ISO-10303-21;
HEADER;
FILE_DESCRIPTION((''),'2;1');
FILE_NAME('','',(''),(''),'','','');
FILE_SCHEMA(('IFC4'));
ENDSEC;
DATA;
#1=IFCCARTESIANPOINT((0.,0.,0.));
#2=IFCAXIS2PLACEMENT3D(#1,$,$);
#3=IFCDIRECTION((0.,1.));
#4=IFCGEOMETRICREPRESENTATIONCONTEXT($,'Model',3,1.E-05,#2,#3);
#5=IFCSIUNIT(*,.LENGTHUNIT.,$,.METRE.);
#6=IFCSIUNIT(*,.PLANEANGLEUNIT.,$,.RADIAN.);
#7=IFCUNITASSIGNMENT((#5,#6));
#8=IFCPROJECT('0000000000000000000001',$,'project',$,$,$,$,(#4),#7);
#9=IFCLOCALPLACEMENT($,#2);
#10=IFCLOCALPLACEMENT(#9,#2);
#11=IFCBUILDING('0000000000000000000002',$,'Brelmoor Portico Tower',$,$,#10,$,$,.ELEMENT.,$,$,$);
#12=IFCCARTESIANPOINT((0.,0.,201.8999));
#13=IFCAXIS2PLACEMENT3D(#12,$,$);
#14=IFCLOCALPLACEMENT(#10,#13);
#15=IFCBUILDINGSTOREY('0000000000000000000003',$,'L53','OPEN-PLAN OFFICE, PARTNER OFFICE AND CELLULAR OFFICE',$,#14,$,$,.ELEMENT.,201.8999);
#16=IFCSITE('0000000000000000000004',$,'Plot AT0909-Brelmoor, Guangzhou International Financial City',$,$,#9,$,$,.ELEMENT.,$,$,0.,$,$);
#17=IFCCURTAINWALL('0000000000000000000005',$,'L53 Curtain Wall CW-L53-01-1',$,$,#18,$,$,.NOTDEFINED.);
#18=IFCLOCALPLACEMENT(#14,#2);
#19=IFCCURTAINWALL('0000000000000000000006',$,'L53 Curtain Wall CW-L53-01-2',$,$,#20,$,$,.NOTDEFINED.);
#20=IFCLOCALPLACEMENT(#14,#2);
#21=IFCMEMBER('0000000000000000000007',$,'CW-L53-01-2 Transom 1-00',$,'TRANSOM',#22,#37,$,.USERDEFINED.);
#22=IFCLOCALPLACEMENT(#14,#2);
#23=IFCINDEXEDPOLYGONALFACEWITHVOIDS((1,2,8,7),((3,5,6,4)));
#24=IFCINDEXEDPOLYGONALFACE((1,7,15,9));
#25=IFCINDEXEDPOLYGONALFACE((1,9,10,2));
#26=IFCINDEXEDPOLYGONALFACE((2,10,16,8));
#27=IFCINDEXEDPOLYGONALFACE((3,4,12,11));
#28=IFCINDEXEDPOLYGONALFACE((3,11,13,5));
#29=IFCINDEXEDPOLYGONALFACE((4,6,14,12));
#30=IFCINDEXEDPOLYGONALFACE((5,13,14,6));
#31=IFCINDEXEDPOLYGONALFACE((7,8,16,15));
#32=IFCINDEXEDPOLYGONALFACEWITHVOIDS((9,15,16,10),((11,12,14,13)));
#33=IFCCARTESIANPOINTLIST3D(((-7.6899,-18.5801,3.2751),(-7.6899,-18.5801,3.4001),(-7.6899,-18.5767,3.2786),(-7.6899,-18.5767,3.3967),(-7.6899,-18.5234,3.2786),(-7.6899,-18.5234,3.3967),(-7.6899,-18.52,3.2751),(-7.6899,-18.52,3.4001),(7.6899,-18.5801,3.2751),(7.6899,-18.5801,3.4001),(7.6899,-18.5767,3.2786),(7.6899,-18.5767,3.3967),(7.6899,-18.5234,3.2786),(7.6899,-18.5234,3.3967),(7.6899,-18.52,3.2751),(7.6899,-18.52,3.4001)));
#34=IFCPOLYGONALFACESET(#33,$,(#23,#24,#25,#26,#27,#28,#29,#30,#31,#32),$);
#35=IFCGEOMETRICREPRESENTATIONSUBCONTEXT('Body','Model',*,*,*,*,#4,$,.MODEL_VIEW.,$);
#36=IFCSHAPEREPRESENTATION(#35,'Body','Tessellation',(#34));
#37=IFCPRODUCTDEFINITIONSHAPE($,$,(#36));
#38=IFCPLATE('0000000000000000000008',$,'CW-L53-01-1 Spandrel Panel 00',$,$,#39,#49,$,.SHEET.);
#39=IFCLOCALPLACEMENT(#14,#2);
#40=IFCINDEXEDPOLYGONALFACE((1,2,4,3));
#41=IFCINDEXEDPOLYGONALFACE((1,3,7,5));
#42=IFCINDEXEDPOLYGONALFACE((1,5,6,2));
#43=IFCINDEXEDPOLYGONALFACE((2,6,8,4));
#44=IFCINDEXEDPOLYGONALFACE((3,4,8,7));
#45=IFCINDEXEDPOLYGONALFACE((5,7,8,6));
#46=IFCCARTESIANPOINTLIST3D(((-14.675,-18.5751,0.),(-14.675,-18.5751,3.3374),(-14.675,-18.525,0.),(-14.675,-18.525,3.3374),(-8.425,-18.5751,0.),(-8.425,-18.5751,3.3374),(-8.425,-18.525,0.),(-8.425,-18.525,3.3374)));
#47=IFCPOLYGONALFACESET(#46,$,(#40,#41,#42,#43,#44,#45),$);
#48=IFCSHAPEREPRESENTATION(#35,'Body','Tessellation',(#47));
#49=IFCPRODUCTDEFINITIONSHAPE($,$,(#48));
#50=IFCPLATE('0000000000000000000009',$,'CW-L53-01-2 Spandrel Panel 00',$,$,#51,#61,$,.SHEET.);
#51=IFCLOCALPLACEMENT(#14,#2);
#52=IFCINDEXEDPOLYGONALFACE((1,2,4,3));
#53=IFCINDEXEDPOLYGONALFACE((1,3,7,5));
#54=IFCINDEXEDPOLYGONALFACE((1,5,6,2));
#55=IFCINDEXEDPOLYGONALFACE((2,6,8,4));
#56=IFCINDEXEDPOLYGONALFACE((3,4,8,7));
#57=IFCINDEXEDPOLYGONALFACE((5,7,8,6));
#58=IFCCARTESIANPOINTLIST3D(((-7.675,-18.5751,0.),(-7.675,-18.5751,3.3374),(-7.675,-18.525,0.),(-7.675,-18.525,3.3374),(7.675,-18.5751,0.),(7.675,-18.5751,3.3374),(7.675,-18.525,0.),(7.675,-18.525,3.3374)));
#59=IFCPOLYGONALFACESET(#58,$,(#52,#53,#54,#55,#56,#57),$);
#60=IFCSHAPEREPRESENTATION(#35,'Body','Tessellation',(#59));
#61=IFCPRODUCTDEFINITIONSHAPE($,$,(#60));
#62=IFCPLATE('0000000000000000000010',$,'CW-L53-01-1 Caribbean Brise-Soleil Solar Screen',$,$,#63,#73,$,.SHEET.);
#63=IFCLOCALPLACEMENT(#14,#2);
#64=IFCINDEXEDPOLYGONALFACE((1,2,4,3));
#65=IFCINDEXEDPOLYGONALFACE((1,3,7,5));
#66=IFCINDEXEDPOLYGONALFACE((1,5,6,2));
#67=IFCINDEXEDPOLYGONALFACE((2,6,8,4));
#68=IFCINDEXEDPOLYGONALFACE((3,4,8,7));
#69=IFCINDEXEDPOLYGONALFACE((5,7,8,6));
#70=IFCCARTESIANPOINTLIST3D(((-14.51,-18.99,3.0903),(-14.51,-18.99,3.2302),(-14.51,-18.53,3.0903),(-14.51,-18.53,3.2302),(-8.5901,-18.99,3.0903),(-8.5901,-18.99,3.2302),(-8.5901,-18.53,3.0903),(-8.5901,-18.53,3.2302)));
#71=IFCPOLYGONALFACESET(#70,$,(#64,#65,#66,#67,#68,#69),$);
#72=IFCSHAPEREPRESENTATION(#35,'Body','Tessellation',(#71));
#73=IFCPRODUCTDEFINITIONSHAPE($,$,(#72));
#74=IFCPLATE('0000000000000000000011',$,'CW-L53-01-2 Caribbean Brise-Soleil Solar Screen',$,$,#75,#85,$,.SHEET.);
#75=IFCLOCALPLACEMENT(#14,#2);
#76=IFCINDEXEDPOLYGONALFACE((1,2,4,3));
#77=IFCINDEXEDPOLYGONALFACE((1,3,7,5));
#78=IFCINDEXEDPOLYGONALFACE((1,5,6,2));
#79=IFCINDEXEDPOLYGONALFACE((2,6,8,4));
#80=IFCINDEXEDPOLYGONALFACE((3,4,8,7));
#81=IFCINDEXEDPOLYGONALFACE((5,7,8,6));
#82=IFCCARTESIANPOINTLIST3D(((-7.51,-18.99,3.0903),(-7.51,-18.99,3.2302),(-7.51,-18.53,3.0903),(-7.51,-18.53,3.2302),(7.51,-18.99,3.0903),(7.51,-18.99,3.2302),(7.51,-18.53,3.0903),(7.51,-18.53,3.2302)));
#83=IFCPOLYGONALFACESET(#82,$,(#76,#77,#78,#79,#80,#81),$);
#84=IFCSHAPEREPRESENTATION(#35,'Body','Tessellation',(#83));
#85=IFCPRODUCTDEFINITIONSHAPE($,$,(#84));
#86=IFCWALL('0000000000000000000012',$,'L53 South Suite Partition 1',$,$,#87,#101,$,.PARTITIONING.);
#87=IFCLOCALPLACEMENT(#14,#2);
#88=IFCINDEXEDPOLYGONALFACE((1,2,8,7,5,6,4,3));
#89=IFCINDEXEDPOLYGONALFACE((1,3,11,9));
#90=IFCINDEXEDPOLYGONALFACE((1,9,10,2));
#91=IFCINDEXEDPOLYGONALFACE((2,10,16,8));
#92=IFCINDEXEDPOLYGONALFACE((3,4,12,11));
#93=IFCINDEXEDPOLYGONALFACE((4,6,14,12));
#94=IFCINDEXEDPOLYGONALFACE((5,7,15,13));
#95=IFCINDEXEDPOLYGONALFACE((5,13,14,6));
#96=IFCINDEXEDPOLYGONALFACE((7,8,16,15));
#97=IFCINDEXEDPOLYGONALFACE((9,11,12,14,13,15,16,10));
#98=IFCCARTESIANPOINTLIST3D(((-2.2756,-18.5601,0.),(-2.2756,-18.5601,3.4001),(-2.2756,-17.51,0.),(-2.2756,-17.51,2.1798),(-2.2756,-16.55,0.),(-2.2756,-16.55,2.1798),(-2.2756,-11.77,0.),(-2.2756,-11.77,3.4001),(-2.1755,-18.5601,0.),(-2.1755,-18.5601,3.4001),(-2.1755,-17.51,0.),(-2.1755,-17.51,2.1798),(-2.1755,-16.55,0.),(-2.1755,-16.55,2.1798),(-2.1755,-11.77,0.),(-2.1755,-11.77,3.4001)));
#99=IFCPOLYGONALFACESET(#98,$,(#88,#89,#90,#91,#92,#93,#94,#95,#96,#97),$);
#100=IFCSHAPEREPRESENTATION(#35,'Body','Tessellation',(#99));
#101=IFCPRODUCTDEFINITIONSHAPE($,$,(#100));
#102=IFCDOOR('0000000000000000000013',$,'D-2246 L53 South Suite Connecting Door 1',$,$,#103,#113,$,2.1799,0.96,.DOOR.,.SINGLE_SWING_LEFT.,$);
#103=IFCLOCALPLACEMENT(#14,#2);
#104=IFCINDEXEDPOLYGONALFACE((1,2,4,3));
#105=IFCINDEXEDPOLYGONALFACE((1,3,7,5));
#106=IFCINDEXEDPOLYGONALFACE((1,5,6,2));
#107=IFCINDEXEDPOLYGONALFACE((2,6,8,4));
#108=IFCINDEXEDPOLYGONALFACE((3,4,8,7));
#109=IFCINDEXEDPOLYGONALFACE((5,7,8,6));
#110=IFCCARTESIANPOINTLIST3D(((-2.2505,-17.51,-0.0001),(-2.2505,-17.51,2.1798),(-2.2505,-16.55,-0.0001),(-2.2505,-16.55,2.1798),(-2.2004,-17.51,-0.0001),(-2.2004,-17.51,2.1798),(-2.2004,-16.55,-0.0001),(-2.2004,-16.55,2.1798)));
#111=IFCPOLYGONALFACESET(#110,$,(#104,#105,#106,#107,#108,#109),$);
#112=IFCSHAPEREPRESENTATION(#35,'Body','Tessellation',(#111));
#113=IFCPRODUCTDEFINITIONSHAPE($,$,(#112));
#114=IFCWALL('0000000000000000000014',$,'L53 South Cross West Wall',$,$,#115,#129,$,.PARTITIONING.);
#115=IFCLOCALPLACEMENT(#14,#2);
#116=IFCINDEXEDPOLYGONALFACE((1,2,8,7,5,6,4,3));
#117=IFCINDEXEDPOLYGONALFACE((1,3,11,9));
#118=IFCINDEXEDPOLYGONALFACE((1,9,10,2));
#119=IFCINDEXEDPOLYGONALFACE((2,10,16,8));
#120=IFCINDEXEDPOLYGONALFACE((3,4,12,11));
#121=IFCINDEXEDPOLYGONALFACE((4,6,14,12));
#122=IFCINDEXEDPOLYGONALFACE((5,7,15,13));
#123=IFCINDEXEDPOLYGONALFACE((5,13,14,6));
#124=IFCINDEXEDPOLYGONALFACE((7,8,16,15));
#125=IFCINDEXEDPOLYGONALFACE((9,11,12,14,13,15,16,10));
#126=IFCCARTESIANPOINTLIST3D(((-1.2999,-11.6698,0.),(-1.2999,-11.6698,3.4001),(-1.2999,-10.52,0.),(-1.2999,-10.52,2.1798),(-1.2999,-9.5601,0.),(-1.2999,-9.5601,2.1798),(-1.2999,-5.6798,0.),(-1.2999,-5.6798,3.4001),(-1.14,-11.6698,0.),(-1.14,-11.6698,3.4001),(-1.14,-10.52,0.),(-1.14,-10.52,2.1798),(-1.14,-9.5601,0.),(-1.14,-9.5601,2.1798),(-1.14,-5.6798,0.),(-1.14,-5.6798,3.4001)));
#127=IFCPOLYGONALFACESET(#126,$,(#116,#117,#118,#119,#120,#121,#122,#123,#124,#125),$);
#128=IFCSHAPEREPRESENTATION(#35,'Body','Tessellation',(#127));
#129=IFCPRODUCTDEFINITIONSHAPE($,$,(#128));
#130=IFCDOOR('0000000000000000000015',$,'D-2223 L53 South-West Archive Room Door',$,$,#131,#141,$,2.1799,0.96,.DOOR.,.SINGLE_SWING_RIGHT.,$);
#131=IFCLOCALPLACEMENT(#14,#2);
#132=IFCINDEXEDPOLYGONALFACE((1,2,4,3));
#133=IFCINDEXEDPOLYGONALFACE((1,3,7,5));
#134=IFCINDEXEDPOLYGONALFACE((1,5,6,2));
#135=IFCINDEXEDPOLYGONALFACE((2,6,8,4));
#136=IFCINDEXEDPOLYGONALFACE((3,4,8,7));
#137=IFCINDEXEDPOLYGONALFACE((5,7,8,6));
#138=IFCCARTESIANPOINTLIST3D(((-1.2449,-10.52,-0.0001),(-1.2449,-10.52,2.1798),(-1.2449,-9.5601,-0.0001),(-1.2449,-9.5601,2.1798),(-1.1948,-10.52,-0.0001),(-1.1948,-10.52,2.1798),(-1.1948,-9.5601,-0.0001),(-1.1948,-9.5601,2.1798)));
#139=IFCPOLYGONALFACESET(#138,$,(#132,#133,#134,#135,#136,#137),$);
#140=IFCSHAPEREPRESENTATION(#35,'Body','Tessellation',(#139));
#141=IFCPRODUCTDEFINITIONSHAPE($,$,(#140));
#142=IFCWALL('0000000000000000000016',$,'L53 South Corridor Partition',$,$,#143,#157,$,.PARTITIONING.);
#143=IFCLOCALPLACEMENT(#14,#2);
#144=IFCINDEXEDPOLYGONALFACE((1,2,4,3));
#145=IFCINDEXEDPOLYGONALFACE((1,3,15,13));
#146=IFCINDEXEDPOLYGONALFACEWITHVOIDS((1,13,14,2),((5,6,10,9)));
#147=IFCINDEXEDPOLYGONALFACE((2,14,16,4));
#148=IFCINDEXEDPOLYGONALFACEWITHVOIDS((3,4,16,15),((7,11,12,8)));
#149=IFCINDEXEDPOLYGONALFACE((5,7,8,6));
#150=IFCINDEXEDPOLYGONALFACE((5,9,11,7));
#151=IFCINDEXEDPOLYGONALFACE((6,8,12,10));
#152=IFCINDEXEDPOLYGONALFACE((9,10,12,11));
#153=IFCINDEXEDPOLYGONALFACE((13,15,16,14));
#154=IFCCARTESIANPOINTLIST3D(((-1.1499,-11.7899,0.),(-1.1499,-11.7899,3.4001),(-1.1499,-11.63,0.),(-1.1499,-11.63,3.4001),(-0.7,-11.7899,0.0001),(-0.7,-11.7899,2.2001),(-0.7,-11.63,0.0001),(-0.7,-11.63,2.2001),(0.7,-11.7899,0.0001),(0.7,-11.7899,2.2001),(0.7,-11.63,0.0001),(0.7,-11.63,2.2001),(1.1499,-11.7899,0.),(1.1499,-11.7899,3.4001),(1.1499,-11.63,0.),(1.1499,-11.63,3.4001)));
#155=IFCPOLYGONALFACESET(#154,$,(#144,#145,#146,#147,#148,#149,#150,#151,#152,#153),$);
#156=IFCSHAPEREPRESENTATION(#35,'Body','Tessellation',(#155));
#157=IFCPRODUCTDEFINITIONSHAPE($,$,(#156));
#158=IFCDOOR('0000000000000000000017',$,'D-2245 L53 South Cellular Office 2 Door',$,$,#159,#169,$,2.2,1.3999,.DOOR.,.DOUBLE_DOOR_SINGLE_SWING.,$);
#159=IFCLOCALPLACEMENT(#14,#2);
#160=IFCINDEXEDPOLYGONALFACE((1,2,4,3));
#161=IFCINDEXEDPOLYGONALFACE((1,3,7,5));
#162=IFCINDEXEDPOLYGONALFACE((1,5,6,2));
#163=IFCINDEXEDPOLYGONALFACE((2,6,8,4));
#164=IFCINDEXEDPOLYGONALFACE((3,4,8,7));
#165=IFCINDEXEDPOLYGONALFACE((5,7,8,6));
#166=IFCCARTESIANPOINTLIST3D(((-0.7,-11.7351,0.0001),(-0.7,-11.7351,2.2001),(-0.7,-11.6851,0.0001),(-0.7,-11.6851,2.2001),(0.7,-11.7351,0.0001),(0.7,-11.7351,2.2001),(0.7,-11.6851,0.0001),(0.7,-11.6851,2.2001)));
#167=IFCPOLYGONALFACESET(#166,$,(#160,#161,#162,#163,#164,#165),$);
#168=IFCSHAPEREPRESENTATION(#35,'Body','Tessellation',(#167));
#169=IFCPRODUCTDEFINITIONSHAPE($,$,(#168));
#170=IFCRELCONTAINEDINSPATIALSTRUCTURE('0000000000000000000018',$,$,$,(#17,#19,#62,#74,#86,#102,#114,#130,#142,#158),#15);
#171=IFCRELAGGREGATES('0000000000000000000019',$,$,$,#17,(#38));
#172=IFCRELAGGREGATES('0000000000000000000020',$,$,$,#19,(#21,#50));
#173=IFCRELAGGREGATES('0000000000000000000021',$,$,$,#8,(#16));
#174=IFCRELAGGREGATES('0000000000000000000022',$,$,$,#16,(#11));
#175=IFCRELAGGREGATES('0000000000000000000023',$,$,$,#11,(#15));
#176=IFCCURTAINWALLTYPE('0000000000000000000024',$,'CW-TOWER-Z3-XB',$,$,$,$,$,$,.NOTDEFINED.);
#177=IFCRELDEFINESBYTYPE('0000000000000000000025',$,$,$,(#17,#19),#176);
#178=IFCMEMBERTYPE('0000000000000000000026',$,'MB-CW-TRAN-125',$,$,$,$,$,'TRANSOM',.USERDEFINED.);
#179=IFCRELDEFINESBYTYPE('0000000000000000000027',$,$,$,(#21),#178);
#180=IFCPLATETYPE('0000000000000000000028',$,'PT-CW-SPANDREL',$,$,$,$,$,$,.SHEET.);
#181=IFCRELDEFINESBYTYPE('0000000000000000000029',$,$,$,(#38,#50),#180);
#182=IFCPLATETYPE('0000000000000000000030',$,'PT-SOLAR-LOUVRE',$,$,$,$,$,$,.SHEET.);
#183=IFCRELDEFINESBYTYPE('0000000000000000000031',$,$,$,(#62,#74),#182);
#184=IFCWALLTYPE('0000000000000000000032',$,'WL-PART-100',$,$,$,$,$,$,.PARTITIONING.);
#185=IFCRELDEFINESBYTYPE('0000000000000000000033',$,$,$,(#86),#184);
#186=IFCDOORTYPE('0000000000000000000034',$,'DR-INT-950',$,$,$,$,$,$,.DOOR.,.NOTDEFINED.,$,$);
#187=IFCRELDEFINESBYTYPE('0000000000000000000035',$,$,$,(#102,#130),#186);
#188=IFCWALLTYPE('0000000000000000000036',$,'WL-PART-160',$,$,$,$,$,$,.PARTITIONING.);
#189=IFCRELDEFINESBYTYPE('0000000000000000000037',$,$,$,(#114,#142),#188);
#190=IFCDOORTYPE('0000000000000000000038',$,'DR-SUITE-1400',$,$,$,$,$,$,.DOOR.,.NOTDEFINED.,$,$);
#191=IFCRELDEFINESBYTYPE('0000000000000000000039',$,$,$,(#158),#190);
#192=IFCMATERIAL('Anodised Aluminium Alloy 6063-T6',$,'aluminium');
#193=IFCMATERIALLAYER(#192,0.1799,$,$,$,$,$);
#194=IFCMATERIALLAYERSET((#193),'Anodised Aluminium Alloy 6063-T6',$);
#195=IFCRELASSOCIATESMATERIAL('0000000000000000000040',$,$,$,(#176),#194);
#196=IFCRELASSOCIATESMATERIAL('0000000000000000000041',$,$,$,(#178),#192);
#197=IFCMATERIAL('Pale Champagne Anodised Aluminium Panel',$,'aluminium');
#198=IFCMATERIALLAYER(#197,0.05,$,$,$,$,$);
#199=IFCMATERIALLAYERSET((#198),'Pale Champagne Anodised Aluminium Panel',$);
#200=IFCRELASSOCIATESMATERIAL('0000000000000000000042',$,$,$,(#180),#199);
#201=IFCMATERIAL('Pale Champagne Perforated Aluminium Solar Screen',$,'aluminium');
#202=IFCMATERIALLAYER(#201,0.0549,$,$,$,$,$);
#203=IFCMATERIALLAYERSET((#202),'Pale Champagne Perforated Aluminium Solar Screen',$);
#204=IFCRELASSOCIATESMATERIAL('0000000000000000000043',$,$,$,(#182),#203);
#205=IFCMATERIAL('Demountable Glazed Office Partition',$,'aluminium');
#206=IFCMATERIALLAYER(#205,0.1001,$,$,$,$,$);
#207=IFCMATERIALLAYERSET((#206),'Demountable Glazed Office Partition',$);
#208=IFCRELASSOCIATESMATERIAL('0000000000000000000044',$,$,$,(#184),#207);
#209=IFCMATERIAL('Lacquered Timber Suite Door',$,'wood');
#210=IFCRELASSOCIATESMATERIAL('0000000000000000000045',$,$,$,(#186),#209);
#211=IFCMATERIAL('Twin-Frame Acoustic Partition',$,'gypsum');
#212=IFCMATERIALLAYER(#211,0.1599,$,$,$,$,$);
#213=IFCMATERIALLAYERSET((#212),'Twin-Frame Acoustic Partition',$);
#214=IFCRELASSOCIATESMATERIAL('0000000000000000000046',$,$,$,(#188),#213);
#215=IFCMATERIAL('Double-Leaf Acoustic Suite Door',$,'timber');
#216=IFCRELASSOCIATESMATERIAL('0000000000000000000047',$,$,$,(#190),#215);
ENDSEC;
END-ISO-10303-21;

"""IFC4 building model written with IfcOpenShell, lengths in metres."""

from ifc_helpers import new_model, si_unit, direction, frame, frame_2d, origin, origin_2d, place, context, subcontext, project, spatial, rectangle, hollow_rectangle, extrude, material, layer, layer_set, material_profile, profile_set, type_object, element, fill, aggregate, save


model = new_model("IFC4")

# Units and contexts
model_context = context("Model", 3, precision=1e-05, world=origin(), true_north=direction((0.0, 1.0)))
body_context = subcontext(model_context, "Body", "Model", "MODEL_VIEW")
ifc_project = project(units=[si_unit("LENGTHUNIT", "METRE"), si_unit("PLANEANGLEUNIT", "RADIAN")], contexts=[model_context])

# Site, building, storey
site_placement = place(None, origin())
site = spatial("IfcSite", under=ifc_project, at=site_placement, Name="Plot AT0909-Brelmoor, Guangzhou International Financial City", CompositionType="ELEMENT", RefElevation=0.0)
building_placement = place(site_placement, origin())
building = spatial("IfcBuilding", under=site, at=building_placement, Name="Brelmoor Portico Tower", CompositionType="ELEMENT")
storey_placement = place(building_placement, frame((0.0, 0.0, 201.8999)))
storey = spatial("IfcBuildingStorey", under=building, at=storey_placement, Name="L53", Description="OPEN-PLAN OFFICE, PARTNER OFFICE AND CELLULAR OFFICE", CompositionType="ELEMENT", Elevation=201.8999)

# Curtain wall
ifc_material_1 = material(Name="Anodised Aluminium Alloy 6063-T6", Category="aluminium")
ifc_layer_1 = layer(ifc_material_1, 0.1799)
ifc_layer_set_1 = layer_set([ifc_layer_1], Name="Anodised Aluminium Alloy 6063-T6")
curtain_wall_type = type_object("IfcCurtainWallType", Name="CW-TOWER-Z3-XB", PredefinedType="NOTDEFINED", material=ifc_layer_set_1)
curtain_wall_1_placement = place(storey_placement, origin())
curtain_wall_1 = element("IfcCurtainWall", 1, at=curtain_wall_1_placement, inside=storey, type_object=curtain_wall_type, Name="L53 Curtain Wall CW-L53-01-1", PredefinedType="NOTDEFINED")

# Curtain wall, member
curtain_wall_2_placement = place(storey_placement, origin())
curtain_wall_2 = element("IfcCurtainWall", 2, at=curtain_wall_2_placement, inside=storey, type_object=curtain_wall_type, Name="L53 Curtain Wall CW-L53-01-2", PredefinedType="NOTDEFINED")
ifc_material_profile_1 = material_profile(ifc_material_1, hollow_rectangle(XDim=0.0601, YDim=0.125, WallThickness=0.0034, at=origin_2d()), Name="ALU TRANSOM 60x125")
ifc_profile_set_1 = profile_set([ifc_material_profile_1], Name="Anodised Aluminium Alloy 6063-T6")
member_type_1 = type_object("IfcMemberType", Name="MB-CW-TRAN-125", ElementType="TRANSOM", PredefinedType="USERDEFINED", material=ifc_profile_set_1)
member_1_placement = place(storey_placement, frame((-7.6899, -18.55, 3.3376), z_axis=(1.0, 0.0, 0.0), x_axis=(0.0, 1.0, 0.0)))
member_1 = element("IfcMember", 3, at=member_1_placement, type_object=member_type_1, Name="CW-L53-01-2 Transom 1-00", ObjectType="TRANSOM", PredefinedType="USERDEFINED", context=body_context, shape_type="SweptSolid", body=[
    extrude(hollow_rectangle(XDim=0.0601, YDim=0.125, WallThickness=0.0034, at=origin_2d()), origin(), (0.0, 0.0, 1.0), 15.3799),
])

# Plates
ifc_material_2 = material(Name="Pale Champagne Anodised Aluminium Panel", Category="aluminium")
ifc_layer_2 = layer(ifc_material_2, 0.05)
ifc_layer_set_2 = layer_set([ifc_layer_2], Name="Pale Champagne Anodised Aluminium Panel")
plate_type_1 = type_object("IfcPlateType", Name="PT-CW-SPANDREL", PredefinedType="SHEET", material=ifc_layer_set_2)
plate_1_placement = place(storey_placement, frame((-11.55, -18.55, 0.0), z_axis=(0.0, 0.0, 1.0), x_axis=(1.0, 0.0, 0.0)))
plate_1 = element("IfcPlate", 4, at=plate_1_placement, type_object=plate_type_1, Name="CW-L53-01-1 Spandrel Panel 00", PredefinedType="SHEET", context=body_context, shape_type="SweptSolid", body=[
    extrude(rectangle(XDim=6.25, YDim=0.05, at=origin_2d()), origin(), (0.0, 0.0, 1.0), 3.3374),
])
aggregate(curtain_wall_1, [plate_1])
plate_2_placement = place(storey_placement, frame((0.0, -18.55, 0.0), z_axis=(0.0, 0.0, 1.0), x_axis=(1.0, 0.0, 0.0)))
plate_2 = element("IfcPlate", 5, at=plate_2_placement, type_object=plate_type_1, Name="CW-L53-01-2 Spandrel Panel 00", PredefinedType="SHEET", context=body_context, shape_type="SweptSolid", body=[
    extrude(rectangle(XDim=15.3501, YDim=0.05, at=origin_2d()), origin(), (0.0, 0.0, 1.0), 3.3374),
])
aggregate(curtain_wall_2, [member_1, plate_2])

# Plates
ifc_material_3 = material(Name="Pale Champagne Perforated Aluminium Solar Screen", Category="aluminium")
ifc_layer_3 = layer(ifc_material_3, 0.0549)
ifc_layer_set_3 = layer_set([ifc_layer_3], Name="Pale Champagne Perforated Aluminium Solar Screen")
plate_type_2 = type_object("IfcPlateType", Name="PT-SOLAR-LOUVRE", PredefinedType="SHEET", material=ifc_layer_set_3)
plate_3_placement = place(storey_placement, frame((-11.55, -18.76, 3.0903), z_axis=(0.0, 0.0, 1.0), x_axis=(1.0, 0.0, 0.0)))
element("IfcPlate", 6, at=plate_3_placement, inside=storey, type_object=plate_type_2, Name="CW-L53-01-1 Caribbean Brise-Soleil Solar Screen", PredefinedType="SHEET", context=body_context, shape_type="SweptSolid", body=[
    extrude(rectangle(XDim=5.9199, YDim=0.46, at=origin_2d()), origin(), (0.0, 0.0, 1.0), 0.1399),
])
plate_4_placement = place(storey_placement, frame((0.0, -18.76, 3.0903), z_axis=(0.0, 0.0, 1.0), x_axis=(1.0, 0.0, 0.0)))
element("IfcPlate", 7, at=plate_4_placement, inside=storey, type_object=plate_type_2, Name="CW-L53-01-2 Caribbean Brise-Soleil Solar Screen", PredefinedType="SHEET", context=body_context, shape_type="SweptSolid", body=[
    extrude(rectangle(XDim=15.02, YDim=0.46, at=origin_2d()), origin(), (0.0, 0.0, 1.0), 0.1399),
])

# Walls, openings, doors
ifc_material_4 = material(Name="Demountable Glazed Office Partition", Category="aluminium")
ifc_layer_4 = layer(ifc_material_4, 0.1001)
ifc_layer_set_4 = layer_set([ifc_layer_4], Name="Demountable Glazed Office Partition")
wall_type_1 = type_object("IfcWallType", Name="WL-PART-100", PredefinedType="PARTITIONING", material=ifc_layer_set_4)
wall_1_placement = place(storey_placement, frame((-2.2256, -18.5601, 0.0), z_axis=(0.0, 0.0, 1.0), x_axis=(0.0, 1.0, 0.0)))
wall_1 = element("IfcWall", 8, at=wall_1_placement, inside=storey, type_object=wall_type_1, Name="L53 South Suite Partition 1", PredefinedType="PARTITIONING", context=body_context, shape_type="SweptSolid", body=[
    extrude(rectangle(XDim=6.79, YDim=0.1001, at=frame_2d((3.395, 0.0))), origin(), (0.0, 0.0, 1.0), 3.4001),
])
opening_1_placement = place(wall_1_placement, frame((1.05, 0.0, 0.0)))
opening_1 = element("IfcOpeningElement", 9, at=opening_1_placement, cuts=wall_1, PredefinedType="OPENING", context=body_context, shape_type="SweptSolid", body=[
    extrude(rectangle(XDim=0.96, YDim=2.1799, at=frame_2d((0.48, 1.0898))), frame((0.0, 0.0601, 0.0), z_axis=(0.0, -1.0, 0.0), x_axis=(1.0, 0.0, 0.0)), (0.0, 0.0, 1.0), 0.1201),
])
ifc_material_5 = material(Name="Lacquered Timber Suite Door", Category="wood")
door_type_1 = type_object("IfcDoorType", Name="DR-INT-950", OperationType="NOTDEFINED", PredefinedType="DOOR", material=ifc_material_5)
door_1_placement = place(opening_1_placement, origin())
door_1 = element("IfcDoor", 10, at=door_1_placement, inside=storey, type_object=door_type_1, Name="D-2246 L53 South Suite Connecting Door 1", OperationType="SINGLE_SWING_LEFT", OverallHeight=2.1799, OverallWidth=0.96, PredefinedType="DOOR", context=body_context, shape_type="SweptSolid", body=[
    extrude(rectangle(XDim=0.96, YDim=2.1799, at=frame_2d((0.48, 1.0898))), frame((0.0, 0.0249, 0.0), z_axis=(0.0, -1.0, 0.0), x_axis=(1.0, 0.0, 0.0)), (0.0, 0.0, 1.0), 0.05),
])
fill(opening_1, door_1)
ifc_material_6 = material(Name="Twin-Frame Acoustic Partition", Category="gypsum")
ifc_layer_5 = layer(ifc_material_6, 0.1599)
ifc_layer_set_5 = layer_set([ifc_layer_5], Name="Twin-Frame Acoustic Partition")
wall_type_2 = type_object("IfcWallType", Name="WL-PART-160", PredefinedType="PARTITIONING", material=ifc_layer_set_5)
wall_2_placement = place(storey_placement, frame((-1.22, -11.6699, 0.0), z_axis=(0.0, 0.0, 1.0), x_axis=(0.0, 1.0, 0.0)))
wall_2 = element("IfcWall", 11, at=wall_2_placement, inside=storey, type_object=wall_type_2, Name="L53 South Cross West Wall", PredefinedType="PARTITIONING", context=body_context, shape_type="SweptSolid", body=[
    extrude(rectangle(XDim=5.99, YDim=0.1599, at=frame_2d((2.9951, 0.0))), origin(), (0.0, 0.0, 1.0), 3.4001),
])
opening_2_placement = place(wall_2_placement, frame((1.1499, 0.0, 0.0)))
opening_2 = element("IfcOpeningElement", 12, at=opening_2_placement, cuts=wall_2, PredefinedType="OPENING", context=body_context, shape_type="SweptSolid", body=[
    extrude(rectangle(XDim=0.96, YDim=2.1799, at=frame_2d((0.48, 1.0898))), frame((0.0, 0.0898, 0.0), z_axis=(0.0, -1.0, 0.0), x_axis=(1.0, 0.0, 0.0)), (0.0, 0.0, 1.0), 0.1799),
])
door_2_placement = place(opening_2_placement, origin())
door_2 = element("IfcDoor", 13, at=door_2_placement, inside=storey, type_object=door_type_1, Name="D-2223 L53 South-West Archive Room Door", OperationType="SINGLE_SWING_RIGHT", OverallHeight=2.1799, OverallWidth=0.96, PredefinedType="DOOR", context=body_context, shape_type="SweptSolid", body=[
    extrude(rectangle(XDim=0.96, YDim=2.1799, at=frame_2d((0.48, 1.0898))), frame((0.0, 0.0249, 0.0), z_axis=(0.0, -1.0, 0.0), x_axis=(1.0, 0.0, 0.0)), (0.0, 0.0, 1.0), 0.05),
])
fill(opening_2, door_2)
wall_3_placement = place(storey_placement, frame((-1.1499, -11.71, 0.0), z_axis=(0.0, 0.0, 1.0), x_axis=(1.0, 0.0, 0.0)))
wall_3 = element("IfcWall", 14, at=wall_3_placement, inside=storey, type_object=wall_type_2, Name="L53 South Corridor Partition", PredefinedType="PARTITIONING", context=body_context, shape_type="SweptSolid", body=[
    extrude(rectangle(XDim=2.2998, YDim=0.1599, at=frame_2d((1.1499, 0.0))), origin(), (0.0, 0.0, 1.0), 3.4001),
])
opening_3_placement = place(wall_3_placement, frame((0.45, 0.0, 0.0)))
opening_3 = element("IfcOpeningElement", 15, at=opening_3_placement, cuts=wall_3, PredefinedType="OPENING", context=body_context, shape_type="SweptSolid", body=[
    extrude(rectangle(XDim=1.3999, YDim=2.2, at=frame_2d((0.7, 1.1001))), frame((0.0, 0.0898, 0.0), z_axis=(0.0, -1.0, 0.0), x_axis=(1.0, 0.0, 0.0)), (0.0, 0.0, 1.0), 0.1799),
])
ifc_material_7 = material(Name="Double-Leaf Acoustic Suite Door", Category="timber")
door_type_2 = type_object("IfcDoorType", Name="DR-SUITE-1400", OperationType="NOTDEFINED", PredefinedType="DOOR", material=ifc_material_7)
door_3_placement = place(opening_3_placement, origin())
door_3 = element("IfcDoor", 16, at=door_3_placement, inside=storey, type_object=door_type_2, Name="D-2245 L53 South Cellular Office 2 Door", OperationType="DOUBLE_DOOR_SINGLE_SWING", OverallHeight=2.2, OverallWidth=1.3999, PredefinedType="DOOR", context=body_context, shape_type="SweptSolid", body=[
    extrude(rectangle(XDim=1.3999, YDim=2.2, at=frame_2d((0.7, 1.1001))), frame((0.0, 0.0249, 0.0), z_axis=(0.0, -1.0, 0.0), x_axis=(1.0, 0.0, 0.0)), (0.0, 0.0, 1.0), 0.05),
])
fill(opening_3, door_3)

save(model, "model.ifc")
